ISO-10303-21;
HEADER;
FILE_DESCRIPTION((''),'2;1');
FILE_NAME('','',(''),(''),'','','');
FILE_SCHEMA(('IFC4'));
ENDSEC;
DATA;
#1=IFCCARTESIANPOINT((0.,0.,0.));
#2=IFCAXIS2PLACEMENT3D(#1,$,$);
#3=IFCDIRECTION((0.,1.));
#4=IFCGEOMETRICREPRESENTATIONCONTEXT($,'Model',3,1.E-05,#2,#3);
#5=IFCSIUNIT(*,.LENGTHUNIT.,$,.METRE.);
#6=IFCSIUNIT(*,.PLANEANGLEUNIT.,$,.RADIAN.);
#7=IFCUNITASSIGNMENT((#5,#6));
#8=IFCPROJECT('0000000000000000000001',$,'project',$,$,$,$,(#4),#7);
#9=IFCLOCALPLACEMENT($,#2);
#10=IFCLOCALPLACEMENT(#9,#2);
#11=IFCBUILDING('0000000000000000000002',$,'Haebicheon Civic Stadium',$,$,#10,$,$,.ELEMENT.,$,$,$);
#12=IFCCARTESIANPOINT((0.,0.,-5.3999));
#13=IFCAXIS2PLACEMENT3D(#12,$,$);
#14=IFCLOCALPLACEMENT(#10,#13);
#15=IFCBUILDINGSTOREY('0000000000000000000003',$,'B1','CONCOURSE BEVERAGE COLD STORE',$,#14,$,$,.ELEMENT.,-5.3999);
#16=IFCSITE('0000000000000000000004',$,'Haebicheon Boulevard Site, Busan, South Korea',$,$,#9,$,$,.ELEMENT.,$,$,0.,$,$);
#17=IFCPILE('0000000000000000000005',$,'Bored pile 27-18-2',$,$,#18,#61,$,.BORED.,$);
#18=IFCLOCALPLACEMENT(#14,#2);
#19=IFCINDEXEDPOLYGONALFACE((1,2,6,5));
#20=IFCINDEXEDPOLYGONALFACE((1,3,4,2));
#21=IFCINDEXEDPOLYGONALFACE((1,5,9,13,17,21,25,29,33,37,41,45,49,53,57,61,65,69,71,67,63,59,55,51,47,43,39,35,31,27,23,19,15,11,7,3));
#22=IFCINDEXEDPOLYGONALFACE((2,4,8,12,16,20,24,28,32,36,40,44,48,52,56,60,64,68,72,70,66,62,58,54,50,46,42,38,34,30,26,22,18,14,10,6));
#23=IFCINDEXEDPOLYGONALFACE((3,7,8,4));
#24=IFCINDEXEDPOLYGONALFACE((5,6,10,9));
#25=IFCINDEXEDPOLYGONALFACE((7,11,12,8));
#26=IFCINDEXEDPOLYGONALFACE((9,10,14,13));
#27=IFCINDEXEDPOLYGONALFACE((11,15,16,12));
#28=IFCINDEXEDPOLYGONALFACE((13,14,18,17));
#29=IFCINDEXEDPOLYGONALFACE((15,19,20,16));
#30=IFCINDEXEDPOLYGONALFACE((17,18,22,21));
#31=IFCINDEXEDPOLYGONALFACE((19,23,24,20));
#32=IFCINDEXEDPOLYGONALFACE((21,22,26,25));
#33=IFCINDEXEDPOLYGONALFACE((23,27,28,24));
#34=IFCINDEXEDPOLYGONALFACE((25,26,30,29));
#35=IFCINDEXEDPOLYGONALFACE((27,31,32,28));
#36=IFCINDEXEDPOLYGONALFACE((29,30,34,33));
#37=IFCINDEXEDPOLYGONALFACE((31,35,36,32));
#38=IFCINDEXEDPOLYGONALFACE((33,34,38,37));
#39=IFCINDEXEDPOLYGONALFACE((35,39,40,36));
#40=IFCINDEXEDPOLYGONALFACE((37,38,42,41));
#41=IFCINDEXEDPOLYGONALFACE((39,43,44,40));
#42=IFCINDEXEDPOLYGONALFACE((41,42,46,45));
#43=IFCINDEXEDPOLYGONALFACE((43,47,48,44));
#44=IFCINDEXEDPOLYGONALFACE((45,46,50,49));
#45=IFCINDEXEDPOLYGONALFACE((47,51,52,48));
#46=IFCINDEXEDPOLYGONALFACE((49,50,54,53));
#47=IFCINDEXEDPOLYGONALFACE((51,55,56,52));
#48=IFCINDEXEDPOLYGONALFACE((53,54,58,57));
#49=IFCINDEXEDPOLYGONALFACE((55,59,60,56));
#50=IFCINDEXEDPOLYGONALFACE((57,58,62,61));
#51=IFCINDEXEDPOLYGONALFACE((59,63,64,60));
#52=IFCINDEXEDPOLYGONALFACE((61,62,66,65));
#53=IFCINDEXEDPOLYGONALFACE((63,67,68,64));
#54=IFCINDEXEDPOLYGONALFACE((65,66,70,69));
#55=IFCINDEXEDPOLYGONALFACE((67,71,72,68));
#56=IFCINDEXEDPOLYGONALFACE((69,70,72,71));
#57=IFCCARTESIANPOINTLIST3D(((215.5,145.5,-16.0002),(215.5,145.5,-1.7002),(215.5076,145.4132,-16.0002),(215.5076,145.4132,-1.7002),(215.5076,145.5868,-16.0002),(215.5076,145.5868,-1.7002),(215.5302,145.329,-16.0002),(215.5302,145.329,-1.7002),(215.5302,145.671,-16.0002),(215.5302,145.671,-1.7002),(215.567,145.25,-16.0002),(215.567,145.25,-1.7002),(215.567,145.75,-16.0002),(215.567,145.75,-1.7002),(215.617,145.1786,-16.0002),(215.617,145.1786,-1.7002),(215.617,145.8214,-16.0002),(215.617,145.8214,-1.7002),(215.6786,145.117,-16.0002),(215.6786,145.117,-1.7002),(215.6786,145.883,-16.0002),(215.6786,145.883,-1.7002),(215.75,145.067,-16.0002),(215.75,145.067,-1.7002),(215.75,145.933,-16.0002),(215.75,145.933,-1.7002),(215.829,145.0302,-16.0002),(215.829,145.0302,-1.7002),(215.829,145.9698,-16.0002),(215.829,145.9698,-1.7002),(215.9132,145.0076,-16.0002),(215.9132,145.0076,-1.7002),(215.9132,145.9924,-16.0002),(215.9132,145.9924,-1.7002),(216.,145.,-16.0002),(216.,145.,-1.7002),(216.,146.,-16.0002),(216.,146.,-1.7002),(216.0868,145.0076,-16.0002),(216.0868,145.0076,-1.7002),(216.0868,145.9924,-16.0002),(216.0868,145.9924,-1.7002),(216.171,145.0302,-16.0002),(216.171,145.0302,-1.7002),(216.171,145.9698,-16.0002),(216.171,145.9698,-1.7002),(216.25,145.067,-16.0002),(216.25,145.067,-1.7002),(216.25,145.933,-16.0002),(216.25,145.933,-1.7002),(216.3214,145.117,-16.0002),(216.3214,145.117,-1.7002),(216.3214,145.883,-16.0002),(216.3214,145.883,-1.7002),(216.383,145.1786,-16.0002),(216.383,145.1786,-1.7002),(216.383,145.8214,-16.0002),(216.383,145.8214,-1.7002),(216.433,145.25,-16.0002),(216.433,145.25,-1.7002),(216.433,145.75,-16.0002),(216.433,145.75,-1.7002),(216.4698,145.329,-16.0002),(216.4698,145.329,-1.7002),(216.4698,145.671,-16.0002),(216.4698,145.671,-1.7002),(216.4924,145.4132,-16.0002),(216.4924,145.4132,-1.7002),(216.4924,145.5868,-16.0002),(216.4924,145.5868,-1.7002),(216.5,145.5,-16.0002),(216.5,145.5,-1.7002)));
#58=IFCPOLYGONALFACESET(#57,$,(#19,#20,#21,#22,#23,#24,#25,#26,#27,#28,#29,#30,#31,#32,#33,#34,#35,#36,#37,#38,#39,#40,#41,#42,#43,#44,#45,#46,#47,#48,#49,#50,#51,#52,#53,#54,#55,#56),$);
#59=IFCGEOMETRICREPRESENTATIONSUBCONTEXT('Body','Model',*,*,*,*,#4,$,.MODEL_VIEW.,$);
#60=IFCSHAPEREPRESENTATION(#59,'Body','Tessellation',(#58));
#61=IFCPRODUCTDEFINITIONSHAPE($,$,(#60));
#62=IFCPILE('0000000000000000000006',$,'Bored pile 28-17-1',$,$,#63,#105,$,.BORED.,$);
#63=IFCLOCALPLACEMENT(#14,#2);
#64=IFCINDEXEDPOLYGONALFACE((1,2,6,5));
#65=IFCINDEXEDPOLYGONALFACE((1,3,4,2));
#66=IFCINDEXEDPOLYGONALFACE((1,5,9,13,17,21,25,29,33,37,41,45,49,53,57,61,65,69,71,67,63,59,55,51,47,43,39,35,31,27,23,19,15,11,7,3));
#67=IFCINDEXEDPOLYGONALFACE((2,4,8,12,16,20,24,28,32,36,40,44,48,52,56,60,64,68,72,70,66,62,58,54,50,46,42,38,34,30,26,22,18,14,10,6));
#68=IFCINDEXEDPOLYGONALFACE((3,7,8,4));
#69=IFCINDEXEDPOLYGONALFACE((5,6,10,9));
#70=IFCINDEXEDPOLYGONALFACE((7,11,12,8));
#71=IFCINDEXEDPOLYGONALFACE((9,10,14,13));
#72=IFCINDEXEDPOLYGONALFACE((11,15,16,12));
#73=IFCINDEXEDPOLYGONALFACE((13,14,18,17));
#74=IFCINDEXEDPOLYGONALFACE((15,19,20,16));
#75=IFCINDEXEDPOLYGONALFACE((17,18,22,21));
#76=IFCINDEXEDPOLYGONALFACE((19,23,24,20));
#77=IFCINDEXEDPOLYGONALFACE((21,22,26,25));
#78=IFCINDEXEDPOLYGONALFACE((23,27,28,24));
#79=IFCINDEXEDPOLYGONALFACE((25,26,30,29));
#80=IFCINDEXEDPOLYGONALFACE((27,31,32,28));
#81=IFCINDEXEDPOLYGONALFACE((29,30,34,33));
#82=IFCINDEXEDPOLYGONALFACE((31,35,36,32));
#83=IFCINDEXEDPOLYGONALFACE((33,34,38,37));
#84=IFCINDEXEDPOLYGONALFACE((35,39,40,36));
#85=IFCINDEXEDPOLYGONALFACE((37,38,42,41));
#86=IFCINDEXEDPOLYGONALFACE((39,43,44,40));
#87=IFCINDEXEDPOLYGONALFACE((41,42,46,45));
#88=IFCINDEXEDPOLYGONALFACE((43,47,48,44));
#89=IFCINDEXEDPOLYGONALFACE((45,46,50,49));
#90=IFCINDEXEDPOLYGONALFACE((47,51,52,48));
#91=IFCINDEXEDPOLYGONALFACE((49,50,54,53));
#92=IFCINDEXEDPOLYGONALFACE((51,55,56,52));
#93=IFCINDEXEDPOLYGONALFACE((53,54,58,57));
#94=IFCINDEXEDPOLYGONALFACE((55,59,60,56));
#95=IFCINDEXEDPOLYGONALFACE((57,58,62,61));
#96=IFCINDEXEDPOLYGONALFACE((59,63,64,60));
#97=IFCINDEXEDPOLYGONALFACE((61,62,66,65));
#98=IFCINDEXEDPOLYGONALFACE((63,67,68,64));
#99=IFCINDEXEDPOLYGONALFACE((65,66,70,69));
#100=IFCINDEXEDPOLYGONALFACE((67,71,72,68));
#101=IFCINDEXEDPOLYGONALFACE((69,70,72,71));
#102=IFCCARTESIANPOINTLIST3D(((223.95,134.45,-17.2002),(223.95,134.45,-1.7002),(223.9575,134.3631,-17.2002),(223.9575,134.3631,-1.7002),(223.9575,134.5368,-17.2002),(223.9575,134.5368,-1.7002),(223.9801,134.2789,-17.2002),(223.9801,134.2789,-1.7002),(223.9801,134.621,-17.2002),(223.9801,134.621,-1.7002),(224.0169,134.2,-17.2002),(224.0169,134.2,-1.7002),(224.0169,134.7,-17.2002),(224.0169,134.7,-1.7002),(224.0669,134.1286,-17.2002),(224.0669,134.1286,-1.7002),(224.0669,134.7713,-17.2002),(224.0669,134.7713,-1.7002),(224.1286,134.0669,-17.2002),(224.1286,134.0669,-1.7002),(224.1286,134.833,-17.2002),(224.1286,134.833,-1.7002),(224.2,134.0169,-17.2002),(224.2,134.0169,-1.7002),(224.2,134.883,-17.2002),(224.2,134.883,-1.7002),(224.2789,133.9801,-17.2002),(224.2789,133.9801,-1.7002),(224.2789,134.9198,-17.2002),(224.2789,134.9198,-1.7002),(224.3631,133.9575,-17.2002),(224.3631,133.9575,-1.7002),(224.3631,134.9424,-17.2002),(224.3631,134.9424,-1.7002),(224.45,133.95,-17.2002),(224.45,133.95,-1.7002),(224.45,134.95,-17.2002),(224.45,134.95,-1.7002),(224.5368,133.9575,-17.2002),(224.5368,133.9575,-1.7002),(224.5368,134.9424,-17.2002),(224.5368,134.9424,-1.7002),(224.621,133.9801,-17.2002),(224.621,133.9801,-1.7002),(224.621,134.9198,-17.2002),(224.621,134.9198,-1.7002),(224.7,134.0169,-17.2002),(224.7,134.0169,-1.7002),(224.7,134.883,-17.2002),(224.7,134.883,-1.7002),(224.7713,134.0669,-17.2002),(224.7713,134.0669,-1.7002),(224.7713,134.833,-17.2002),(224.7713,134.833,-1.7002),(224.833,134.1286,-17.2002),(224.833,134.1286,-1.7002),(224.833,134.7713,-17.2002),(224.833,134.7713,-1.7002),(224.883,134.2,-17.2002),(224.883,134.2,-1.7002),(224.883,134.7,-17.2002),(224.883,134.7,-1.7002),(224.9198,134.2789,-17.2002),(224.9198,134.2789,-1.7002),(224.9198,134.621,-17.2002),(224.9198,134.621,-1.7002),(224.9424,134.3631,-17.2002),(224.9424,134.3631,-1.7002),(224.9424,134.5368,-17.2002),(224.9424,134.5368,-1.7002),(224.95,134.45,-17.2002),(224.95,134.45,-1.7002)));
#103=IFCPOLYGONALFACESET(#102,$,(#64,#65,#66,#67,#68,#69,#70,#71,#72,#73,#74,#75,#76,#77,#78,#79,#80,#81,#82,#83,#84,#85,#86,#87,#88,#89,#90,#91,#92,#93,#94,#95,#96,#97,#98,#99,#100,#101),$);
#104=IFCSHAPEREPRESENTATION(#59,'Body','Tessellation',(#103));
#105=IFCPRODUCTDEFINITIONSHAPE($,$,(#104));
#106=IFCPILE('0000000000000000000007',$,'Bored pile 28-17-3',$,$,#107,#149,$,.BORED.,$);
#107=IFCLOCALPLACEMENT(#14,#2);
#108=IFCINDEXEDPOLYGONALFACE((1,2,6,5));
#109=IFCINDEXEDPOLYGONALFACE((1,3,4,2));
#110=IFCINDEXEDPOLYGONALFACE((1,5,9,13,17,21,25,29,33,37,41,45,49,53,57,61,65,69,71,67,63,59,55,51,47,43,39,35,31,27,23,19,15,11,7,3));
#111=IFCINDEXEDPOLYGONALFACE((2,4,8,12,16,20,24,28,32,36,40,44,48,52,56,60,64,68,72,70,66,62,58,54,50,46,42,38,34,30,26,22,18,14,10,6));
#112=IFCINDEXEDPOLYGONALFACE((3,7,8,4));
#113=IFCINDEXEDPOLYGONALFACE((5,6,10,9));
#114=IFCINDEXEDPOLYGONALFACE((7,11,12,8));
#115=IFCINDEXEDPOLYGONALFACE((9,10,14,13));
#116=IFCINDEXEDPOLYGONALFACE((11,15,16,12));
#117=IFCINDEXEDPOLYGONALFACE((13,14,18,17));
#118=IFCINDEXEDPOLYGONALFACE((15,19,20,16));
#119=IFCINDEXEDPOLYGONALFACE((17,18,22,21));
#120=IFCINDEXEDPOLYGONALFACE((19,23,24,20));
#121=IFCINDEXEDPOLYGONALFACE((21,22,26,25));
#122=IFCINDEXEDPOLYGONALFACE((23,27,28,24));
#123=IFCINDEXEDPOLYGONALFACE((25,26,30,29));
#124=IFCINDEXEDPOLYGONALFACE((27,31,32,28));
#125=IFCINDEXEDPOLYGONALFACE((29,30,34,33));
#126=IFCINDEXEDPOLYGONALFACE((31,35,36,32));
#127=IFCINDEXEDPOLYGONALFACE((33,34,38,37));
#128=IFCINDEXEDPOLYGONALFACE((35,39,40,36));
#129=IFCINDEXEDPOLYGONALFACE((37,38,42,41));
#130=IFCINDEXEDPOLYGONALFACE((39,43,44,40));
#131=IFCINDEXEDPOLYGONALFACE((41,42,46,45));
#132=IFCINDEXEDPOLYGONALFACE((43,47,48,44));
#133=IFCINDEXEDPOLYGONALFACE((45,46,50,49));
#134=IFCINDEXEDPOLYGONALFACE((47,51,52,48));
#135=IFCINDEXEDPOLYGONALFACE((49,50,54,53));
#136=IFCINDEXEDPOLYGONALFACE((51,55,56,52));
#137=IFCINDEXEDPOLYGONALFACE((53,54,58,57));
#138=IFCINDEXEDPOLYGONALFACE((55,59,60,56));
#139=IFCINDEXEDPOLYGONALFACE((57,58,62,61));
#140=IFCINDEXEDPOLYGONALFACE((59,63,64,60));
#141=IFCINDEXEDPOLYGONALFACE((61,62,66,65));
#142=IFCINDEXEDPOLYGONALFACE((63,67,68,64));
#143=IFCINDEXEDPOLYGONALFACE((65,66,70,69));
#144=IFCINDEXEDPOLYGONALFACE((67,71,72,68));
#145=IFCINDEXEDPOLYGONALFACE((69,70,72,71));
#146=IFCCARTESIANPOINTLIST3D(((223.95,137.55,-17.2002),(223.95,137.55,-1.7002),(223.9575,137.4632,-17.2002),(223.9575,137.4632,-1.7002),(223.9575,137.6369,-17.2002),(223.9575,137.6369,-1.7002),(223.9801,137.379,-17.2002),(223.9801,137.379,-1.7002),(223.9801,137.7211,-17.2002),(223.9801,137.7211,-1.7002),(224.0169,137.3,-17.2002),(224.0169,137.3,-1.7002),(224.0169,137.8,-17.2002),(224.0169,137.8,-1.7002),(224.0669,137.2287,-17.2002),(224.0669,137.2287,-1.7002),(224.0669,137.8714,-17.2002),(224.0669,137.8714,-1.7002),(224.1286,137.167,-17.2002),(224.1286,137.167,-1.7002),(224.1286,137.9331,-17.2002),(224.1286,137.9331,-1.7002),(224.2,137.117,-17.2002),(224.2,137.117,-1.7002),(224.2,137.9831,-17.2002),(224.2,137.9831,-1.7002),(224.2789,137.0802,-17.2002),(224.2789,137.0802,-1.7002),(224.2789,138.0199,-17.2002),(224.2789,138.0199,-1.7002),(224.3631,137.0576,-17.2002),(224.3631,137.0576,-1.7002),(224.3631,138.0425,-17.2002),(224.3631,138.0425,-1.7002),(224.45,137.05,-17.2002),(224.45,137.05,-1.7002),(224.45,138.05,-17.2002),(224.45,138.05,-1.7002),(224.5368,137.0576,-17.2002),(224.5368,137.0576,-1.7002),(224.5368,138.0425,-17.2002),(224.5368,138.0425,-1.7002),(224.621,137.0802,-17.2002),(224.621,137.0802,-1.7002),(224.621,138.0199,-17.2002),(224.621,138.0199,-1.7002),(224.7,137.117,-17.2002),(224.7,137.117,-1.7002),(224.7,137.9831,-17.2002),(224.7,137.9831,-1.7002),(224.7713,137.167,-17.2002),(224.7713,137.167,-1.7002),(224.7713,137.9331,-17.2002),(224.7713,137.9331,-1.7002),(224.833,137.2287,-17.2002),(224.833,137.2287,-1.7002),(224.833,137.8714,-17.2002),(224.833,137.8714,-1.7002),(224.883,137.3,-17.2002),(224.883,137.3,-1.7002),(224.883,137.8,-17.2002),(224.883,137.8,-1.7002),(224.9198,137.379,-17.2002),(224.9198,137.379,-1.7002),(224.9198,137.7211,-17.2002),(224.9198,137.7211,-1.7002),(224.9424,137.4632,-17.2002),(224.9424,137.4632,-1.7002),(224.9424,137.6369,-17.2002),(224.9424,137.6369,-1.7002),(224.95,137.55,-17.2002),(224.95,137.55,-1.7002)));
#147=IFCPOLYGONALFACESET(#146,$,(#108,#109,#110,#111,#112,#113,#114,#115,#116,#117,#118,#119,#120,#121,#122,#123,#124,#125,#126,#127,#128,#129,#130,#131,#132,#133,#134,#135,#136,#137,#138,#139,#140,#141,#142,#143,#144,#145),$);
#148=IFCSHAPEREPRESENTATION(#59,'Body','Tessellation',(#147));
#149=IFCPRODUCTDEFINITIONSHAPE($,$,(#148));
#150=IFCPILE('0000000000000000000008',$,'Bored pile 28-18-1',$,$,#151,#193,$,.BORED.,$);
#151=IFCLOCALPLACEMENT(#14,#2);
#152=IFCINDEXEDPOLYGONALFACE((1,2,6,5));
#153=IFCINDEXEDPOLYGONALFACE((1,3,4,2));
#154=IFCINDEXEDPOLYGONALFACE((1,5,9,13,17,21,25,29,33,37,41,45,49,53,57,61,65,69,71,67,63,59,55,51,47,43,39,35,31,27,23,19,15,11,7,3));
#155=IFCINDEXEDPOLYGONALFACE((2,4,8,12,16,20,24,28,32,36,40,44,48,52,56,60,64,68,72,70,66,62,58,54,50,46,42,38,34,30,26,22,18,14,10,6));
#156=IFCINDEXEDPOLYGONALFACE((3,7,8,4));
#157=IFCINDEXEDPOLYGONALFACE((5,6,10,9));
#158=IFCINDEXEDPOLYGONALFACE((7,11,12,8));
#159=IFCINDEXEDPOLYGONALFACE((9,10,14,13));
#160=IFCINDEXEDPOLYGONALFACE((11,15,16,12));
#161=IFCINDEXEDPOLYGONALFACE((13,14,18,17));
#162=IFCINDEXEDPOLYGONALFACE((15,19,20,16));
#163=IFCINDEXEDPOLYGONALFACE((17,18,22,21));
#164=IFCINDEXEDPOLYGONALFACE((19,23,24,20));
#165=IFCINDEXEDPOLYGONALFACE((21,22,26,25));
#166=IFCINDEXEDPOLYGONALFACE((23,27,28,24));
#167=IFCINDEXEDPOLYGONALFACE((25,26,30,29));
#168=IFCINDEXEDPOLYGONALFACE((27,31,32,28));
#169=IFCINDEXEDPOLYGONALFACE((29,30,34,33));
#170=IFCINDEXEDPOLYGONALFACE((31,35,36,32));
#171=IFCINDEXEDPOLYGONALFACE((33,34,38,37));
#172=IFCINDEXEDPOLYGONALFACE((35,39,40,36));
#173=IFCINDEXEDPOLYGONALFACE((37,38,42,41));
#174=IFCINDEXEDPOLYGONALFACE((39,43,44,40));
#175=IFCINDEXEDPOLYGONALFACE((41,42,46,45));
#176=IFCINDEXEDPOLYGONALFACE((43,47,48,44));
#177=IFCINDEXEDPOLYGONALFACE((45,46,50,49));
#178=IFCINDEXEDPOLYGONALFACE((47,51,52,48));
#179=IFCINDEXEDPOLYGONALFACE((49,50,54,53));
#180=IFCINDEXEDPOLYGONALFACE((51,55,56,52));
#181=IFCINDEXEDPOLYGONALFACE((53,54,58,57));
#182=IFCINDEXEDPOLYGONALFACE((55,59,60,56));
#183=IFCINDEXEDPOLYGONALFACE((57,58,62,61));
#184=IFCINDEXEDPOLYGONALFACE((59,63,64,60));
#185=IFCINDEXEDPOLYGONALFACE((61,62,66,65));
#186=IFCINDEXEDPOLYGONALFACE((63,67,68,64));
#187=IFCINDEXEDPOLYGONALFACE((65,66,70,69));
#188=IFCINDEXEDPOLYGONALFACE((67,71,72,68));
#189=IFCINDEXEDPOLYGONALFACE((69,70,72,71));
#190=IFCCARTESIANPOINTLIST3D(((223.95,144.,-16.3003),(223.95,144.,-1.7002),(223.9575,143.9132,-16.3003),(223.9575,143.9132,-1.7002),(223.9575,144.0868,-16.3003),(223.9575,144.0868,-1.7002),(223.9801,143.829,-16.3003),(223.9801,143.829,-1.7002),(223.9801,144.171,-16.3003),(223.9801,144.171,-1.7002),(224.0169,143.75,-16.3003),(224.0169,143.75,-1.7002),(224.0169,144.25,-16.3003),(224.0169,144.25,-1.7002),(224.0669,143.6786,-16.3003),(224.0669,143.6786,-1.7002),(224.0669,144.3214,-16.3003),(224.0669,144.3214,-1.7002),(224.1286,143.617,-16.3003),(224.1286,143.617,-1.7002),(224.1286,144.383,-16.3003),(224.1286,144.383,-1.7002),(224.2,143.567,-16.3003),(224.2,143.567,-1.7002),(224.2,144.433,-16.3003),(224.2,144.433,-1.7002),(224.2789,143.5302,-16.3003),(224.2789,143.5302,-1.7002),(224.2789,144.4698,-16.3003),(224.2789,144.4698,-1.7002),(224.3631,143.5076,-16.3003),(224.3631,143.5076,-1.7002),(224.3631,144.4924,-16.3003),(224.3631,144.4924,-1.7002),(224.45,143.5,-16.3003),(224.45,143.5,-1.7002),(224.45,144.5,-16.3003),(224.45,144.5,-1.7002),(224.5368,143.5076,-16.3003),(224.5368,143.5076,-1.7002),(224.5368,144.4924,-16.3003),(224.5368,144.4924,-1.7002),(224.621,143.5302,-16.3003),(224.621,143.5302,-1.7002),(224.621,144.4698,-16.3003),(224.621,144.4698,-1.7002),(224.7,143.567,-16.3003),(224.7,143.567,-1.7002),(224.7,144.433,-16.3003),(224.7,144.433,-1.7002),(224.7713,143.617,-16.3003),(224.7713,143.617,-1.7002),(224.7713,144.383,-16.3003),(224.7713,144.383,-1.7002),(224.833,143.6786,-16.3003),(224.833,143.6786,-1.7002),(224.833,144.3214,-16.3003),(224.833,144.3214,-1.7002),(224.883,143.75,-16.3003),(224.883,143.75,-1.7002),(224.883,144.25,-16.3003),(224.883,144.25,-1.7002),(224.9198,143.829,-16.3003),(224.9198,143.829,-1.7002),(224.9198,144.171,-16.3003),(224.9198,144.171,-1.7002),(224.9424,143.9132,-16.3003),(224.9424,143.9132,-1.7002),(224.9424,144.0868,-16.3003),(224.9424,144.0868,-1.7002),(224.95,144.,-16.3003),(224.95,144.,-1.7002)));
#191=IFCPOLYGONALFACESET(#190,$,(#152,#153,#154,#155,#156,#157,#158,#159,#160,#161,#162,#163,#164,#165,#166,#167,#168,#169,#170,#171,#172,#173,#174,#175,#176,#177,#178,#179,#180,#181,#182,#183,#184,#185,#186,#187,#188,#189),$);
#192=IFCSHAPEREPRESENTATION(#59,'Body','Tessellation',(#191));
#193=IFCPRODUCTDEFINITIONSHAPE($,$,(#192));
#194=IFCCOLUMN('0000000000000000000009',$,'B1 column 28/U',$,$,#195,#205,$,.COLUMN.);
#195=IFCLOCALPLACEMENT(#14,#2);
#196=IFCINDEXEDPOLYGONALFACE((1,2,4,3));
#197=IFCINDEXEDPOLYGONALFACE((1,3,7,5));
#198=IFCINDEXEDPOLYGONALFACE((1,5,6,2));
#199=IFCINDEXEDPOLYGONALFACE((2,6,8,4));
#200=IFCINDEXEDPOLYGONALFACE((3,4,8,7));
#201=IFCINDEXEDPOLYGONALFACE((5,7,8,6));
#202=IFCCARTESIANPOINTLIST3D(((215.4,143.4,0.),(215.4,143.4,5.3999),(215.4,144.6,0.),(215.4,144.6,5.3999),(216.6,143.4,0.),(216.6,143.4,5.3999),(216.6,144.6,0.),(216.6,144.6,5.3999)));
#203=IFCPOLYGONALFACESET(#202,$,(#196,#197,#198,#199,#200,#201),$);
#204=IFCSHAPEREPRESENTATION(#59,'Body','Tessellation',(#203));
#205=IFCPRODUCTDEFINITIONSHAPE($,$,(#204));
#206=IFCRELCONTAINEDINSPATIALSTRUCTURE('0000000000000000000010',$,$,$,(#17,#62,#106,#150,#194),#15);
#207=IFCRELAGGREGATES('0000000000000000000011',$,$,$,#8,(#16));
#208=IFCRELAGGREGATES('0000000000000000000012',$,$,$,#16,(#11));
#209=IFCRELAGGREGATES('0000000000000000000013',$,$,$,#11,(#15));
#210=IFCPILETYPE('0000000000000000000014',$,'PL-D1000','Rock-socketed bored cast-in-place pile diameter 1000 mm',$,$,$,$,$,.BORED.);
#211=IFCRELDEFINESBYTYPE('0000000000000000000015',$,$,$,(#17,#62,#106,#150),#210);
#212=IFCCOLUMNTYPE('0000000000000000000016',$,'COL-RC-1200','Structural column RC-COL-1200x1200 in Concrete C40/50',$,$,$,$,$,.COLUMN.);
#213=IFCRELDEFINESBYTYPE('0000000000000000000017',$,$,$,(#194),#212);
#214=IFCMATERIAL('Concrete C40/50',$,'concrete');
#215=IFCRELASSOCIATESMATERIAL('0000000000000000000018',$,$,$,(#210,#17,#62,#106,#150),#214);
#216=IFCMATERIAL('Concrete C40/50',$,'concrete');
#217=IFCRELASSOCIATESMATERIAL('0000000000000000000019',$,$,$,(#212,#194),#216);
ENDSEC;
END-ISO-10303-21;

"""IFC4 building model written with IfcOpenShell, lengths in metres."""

from ifc_helpers import new_model, si_unit, direction, frame, origin, origin_2d, place, context, subcontext, project, spatial, rectangle, circle, extrude, material, material_profile, profile_set, type_object, element, save


model = new_model("IFC4")

# Units and contexts
model_context = context("Model", 3, precision=1e-05, world=origin(), true_north=direction((0.0, 1.0)))
body_context = subcontext(model_context, "Body", "Model", "MODEL_VIEW")
ifc_project = project(units=[si_unit("LENGTHUNIT", "METRE"), si_unit("PLANEANGLEUNIT", "RADIAN")], contexts=[model_context])

# Site, building, storey
site_placement = place(None, origin())
site = spatial("IfcSite", under=ifc_project, at=site_placement, Name="Haebicheon Boulevard Site, Busan, South Korea", CompositionType="ELEMENT", RefElevation=0.0)
building_placement = place(site_placement, origin())
building = spatial("IfcBuilding", under=site, at=building_placement, Name="Haebicheon Civic Stadium", CompositionType="ELEMENT")
storey_placement = place(building_placement, frame((0.0, 0.0, -5.3999)))
storey = spatial("IfcBuildingStorey", under=building, at=storey_placement, Name="B1", Description="CONCOURSE BEVERAGE COLD STORE", CompositionType="ELEMENT", Elevation=-5.3999)

# Piles
ifc_material_1 = material(Name="Concrete C40/50", Category="concrete")
ifc_material_profile_1 = material_profile(ifc_material_1, circle(Radius=0.5, at=origin_2d()), Name="PILE-D1000")
ifc_profile_set_1 = profile_set([ifc_material_profile_1], Name="Concrete C40/50")
pile_type = type_object("IfcPileType", Name="PL-D1000", Description="Rock-socketed bored cast-in-place pile diameter 1000 mm", PredefinedType="BORED", material=ifc_profile_set_1)
pile_1_placement = place(storey_placement, frame((216.0, 145.5, -1.7002), z_axis=(0.0, 0.0, -1.0), x_axis=(1.0, 0.0, 0.0)))
element("IfcPile", 1, at=pile_1_placement, inside=storey, type_object=pile_type, material=ifc_profile_set_1, Name="Bored pile 27-18-2", PredefinedType="BORED", context=body_context, shape_type="SweptSolid", body=[
    extrude(circle(Radius=0.5, at=origin_2d()), origin(), (0.0, 0.0, 1.0), 14.3),
])
for number, where, z_axis, x_axis, name in (
    (2, (224.45, 134.45, -1.7002), (0.0, 0.0, -1.0), (1.0, 0.0, 0.0), "Bored pile 28-17-1"),
    (3, (224.45, 137.55, -1.7002), (0.0, 0.0, -1.0), (1.0, 0.0, 0.0), "Bored pile 28-17-3"),
):
    element("IfcPile", number, at=place(storey_placement, frame(where, z_axis=z_axis, x_axis=x_axis)), inside=storey, type_object=pile_type, material=ifc_profile_set_1, Name=name, PredefinedType="BORED", context=body_context, shape_type="SweptSolid", body=[
        extrude(circle(Radius=0.5, at=origin_2d()), origin(), (0.0, 0.0, 1.0), 15.5),
    ])
pile_2_placement = place(storey_placement, frame((224.45, 144.0, -1.7002), z_axis=(0.0, 0.0, -1.0), x_axis=(1.0, 0.0, 0.0)))
element("IfcPile", 4, at=pile_2_placement, inside=storey, type_object=pile_type, material=ifc_profile_set_1, Name="Bored pile 28-18-1", PredefinedType="BORED", context=body_context, shape_type="SweptSolid", body=[
    extrude(circle(Radius=0.5, at=origin_2d()), origin(), (0.0, 0.0, 1.0), 14.6001),
])

# Column
ifc_material_2 = material(Name="Concrete C40/50", Category="concrete")
ifc_material_profile_2 = material_profile(ifc_material_2, rectangle(XDim=1.2, YDim=1.2, at=origin_2d()), Name="RC-COL-1200x1200")
ifc_profile_set_2 = profile_set([ifc_material_profile_2], Name="Concrete C40/50")
column_type = type_object("IfcColumnType", Name="COL-RC-1200", Description="Structural column RC-COL-1200x1200 in Concrete C40/50", PredefinedType="COLUMN", material=ifc_profile_set_2)
for number, where, z_axis, x_axis, name in (
    (5, (216.0, 144.0, 0.0), (0.0, 0.0, 1.0), (1.0, 0.0, 0.0), "B1 column 28/U"),
):
    element("IfcColumn", number, at=place(storey_placement, frame(where, z_axis=z_axis, x_axis=x_axis)), inside=storey, type_object=column_type, material=ifc_profile_set_2, Name=name, PredefinedType="COLUMN", context=body_context, shape_type="SweptSolid", body=[
        extrude(rectangle(XDim=1.2, YDim=1.2, at=origin_2d()), origin(), (0.0, 0.0, 1.0), 5.3999),
    ])

save(model, "model.ifc")
